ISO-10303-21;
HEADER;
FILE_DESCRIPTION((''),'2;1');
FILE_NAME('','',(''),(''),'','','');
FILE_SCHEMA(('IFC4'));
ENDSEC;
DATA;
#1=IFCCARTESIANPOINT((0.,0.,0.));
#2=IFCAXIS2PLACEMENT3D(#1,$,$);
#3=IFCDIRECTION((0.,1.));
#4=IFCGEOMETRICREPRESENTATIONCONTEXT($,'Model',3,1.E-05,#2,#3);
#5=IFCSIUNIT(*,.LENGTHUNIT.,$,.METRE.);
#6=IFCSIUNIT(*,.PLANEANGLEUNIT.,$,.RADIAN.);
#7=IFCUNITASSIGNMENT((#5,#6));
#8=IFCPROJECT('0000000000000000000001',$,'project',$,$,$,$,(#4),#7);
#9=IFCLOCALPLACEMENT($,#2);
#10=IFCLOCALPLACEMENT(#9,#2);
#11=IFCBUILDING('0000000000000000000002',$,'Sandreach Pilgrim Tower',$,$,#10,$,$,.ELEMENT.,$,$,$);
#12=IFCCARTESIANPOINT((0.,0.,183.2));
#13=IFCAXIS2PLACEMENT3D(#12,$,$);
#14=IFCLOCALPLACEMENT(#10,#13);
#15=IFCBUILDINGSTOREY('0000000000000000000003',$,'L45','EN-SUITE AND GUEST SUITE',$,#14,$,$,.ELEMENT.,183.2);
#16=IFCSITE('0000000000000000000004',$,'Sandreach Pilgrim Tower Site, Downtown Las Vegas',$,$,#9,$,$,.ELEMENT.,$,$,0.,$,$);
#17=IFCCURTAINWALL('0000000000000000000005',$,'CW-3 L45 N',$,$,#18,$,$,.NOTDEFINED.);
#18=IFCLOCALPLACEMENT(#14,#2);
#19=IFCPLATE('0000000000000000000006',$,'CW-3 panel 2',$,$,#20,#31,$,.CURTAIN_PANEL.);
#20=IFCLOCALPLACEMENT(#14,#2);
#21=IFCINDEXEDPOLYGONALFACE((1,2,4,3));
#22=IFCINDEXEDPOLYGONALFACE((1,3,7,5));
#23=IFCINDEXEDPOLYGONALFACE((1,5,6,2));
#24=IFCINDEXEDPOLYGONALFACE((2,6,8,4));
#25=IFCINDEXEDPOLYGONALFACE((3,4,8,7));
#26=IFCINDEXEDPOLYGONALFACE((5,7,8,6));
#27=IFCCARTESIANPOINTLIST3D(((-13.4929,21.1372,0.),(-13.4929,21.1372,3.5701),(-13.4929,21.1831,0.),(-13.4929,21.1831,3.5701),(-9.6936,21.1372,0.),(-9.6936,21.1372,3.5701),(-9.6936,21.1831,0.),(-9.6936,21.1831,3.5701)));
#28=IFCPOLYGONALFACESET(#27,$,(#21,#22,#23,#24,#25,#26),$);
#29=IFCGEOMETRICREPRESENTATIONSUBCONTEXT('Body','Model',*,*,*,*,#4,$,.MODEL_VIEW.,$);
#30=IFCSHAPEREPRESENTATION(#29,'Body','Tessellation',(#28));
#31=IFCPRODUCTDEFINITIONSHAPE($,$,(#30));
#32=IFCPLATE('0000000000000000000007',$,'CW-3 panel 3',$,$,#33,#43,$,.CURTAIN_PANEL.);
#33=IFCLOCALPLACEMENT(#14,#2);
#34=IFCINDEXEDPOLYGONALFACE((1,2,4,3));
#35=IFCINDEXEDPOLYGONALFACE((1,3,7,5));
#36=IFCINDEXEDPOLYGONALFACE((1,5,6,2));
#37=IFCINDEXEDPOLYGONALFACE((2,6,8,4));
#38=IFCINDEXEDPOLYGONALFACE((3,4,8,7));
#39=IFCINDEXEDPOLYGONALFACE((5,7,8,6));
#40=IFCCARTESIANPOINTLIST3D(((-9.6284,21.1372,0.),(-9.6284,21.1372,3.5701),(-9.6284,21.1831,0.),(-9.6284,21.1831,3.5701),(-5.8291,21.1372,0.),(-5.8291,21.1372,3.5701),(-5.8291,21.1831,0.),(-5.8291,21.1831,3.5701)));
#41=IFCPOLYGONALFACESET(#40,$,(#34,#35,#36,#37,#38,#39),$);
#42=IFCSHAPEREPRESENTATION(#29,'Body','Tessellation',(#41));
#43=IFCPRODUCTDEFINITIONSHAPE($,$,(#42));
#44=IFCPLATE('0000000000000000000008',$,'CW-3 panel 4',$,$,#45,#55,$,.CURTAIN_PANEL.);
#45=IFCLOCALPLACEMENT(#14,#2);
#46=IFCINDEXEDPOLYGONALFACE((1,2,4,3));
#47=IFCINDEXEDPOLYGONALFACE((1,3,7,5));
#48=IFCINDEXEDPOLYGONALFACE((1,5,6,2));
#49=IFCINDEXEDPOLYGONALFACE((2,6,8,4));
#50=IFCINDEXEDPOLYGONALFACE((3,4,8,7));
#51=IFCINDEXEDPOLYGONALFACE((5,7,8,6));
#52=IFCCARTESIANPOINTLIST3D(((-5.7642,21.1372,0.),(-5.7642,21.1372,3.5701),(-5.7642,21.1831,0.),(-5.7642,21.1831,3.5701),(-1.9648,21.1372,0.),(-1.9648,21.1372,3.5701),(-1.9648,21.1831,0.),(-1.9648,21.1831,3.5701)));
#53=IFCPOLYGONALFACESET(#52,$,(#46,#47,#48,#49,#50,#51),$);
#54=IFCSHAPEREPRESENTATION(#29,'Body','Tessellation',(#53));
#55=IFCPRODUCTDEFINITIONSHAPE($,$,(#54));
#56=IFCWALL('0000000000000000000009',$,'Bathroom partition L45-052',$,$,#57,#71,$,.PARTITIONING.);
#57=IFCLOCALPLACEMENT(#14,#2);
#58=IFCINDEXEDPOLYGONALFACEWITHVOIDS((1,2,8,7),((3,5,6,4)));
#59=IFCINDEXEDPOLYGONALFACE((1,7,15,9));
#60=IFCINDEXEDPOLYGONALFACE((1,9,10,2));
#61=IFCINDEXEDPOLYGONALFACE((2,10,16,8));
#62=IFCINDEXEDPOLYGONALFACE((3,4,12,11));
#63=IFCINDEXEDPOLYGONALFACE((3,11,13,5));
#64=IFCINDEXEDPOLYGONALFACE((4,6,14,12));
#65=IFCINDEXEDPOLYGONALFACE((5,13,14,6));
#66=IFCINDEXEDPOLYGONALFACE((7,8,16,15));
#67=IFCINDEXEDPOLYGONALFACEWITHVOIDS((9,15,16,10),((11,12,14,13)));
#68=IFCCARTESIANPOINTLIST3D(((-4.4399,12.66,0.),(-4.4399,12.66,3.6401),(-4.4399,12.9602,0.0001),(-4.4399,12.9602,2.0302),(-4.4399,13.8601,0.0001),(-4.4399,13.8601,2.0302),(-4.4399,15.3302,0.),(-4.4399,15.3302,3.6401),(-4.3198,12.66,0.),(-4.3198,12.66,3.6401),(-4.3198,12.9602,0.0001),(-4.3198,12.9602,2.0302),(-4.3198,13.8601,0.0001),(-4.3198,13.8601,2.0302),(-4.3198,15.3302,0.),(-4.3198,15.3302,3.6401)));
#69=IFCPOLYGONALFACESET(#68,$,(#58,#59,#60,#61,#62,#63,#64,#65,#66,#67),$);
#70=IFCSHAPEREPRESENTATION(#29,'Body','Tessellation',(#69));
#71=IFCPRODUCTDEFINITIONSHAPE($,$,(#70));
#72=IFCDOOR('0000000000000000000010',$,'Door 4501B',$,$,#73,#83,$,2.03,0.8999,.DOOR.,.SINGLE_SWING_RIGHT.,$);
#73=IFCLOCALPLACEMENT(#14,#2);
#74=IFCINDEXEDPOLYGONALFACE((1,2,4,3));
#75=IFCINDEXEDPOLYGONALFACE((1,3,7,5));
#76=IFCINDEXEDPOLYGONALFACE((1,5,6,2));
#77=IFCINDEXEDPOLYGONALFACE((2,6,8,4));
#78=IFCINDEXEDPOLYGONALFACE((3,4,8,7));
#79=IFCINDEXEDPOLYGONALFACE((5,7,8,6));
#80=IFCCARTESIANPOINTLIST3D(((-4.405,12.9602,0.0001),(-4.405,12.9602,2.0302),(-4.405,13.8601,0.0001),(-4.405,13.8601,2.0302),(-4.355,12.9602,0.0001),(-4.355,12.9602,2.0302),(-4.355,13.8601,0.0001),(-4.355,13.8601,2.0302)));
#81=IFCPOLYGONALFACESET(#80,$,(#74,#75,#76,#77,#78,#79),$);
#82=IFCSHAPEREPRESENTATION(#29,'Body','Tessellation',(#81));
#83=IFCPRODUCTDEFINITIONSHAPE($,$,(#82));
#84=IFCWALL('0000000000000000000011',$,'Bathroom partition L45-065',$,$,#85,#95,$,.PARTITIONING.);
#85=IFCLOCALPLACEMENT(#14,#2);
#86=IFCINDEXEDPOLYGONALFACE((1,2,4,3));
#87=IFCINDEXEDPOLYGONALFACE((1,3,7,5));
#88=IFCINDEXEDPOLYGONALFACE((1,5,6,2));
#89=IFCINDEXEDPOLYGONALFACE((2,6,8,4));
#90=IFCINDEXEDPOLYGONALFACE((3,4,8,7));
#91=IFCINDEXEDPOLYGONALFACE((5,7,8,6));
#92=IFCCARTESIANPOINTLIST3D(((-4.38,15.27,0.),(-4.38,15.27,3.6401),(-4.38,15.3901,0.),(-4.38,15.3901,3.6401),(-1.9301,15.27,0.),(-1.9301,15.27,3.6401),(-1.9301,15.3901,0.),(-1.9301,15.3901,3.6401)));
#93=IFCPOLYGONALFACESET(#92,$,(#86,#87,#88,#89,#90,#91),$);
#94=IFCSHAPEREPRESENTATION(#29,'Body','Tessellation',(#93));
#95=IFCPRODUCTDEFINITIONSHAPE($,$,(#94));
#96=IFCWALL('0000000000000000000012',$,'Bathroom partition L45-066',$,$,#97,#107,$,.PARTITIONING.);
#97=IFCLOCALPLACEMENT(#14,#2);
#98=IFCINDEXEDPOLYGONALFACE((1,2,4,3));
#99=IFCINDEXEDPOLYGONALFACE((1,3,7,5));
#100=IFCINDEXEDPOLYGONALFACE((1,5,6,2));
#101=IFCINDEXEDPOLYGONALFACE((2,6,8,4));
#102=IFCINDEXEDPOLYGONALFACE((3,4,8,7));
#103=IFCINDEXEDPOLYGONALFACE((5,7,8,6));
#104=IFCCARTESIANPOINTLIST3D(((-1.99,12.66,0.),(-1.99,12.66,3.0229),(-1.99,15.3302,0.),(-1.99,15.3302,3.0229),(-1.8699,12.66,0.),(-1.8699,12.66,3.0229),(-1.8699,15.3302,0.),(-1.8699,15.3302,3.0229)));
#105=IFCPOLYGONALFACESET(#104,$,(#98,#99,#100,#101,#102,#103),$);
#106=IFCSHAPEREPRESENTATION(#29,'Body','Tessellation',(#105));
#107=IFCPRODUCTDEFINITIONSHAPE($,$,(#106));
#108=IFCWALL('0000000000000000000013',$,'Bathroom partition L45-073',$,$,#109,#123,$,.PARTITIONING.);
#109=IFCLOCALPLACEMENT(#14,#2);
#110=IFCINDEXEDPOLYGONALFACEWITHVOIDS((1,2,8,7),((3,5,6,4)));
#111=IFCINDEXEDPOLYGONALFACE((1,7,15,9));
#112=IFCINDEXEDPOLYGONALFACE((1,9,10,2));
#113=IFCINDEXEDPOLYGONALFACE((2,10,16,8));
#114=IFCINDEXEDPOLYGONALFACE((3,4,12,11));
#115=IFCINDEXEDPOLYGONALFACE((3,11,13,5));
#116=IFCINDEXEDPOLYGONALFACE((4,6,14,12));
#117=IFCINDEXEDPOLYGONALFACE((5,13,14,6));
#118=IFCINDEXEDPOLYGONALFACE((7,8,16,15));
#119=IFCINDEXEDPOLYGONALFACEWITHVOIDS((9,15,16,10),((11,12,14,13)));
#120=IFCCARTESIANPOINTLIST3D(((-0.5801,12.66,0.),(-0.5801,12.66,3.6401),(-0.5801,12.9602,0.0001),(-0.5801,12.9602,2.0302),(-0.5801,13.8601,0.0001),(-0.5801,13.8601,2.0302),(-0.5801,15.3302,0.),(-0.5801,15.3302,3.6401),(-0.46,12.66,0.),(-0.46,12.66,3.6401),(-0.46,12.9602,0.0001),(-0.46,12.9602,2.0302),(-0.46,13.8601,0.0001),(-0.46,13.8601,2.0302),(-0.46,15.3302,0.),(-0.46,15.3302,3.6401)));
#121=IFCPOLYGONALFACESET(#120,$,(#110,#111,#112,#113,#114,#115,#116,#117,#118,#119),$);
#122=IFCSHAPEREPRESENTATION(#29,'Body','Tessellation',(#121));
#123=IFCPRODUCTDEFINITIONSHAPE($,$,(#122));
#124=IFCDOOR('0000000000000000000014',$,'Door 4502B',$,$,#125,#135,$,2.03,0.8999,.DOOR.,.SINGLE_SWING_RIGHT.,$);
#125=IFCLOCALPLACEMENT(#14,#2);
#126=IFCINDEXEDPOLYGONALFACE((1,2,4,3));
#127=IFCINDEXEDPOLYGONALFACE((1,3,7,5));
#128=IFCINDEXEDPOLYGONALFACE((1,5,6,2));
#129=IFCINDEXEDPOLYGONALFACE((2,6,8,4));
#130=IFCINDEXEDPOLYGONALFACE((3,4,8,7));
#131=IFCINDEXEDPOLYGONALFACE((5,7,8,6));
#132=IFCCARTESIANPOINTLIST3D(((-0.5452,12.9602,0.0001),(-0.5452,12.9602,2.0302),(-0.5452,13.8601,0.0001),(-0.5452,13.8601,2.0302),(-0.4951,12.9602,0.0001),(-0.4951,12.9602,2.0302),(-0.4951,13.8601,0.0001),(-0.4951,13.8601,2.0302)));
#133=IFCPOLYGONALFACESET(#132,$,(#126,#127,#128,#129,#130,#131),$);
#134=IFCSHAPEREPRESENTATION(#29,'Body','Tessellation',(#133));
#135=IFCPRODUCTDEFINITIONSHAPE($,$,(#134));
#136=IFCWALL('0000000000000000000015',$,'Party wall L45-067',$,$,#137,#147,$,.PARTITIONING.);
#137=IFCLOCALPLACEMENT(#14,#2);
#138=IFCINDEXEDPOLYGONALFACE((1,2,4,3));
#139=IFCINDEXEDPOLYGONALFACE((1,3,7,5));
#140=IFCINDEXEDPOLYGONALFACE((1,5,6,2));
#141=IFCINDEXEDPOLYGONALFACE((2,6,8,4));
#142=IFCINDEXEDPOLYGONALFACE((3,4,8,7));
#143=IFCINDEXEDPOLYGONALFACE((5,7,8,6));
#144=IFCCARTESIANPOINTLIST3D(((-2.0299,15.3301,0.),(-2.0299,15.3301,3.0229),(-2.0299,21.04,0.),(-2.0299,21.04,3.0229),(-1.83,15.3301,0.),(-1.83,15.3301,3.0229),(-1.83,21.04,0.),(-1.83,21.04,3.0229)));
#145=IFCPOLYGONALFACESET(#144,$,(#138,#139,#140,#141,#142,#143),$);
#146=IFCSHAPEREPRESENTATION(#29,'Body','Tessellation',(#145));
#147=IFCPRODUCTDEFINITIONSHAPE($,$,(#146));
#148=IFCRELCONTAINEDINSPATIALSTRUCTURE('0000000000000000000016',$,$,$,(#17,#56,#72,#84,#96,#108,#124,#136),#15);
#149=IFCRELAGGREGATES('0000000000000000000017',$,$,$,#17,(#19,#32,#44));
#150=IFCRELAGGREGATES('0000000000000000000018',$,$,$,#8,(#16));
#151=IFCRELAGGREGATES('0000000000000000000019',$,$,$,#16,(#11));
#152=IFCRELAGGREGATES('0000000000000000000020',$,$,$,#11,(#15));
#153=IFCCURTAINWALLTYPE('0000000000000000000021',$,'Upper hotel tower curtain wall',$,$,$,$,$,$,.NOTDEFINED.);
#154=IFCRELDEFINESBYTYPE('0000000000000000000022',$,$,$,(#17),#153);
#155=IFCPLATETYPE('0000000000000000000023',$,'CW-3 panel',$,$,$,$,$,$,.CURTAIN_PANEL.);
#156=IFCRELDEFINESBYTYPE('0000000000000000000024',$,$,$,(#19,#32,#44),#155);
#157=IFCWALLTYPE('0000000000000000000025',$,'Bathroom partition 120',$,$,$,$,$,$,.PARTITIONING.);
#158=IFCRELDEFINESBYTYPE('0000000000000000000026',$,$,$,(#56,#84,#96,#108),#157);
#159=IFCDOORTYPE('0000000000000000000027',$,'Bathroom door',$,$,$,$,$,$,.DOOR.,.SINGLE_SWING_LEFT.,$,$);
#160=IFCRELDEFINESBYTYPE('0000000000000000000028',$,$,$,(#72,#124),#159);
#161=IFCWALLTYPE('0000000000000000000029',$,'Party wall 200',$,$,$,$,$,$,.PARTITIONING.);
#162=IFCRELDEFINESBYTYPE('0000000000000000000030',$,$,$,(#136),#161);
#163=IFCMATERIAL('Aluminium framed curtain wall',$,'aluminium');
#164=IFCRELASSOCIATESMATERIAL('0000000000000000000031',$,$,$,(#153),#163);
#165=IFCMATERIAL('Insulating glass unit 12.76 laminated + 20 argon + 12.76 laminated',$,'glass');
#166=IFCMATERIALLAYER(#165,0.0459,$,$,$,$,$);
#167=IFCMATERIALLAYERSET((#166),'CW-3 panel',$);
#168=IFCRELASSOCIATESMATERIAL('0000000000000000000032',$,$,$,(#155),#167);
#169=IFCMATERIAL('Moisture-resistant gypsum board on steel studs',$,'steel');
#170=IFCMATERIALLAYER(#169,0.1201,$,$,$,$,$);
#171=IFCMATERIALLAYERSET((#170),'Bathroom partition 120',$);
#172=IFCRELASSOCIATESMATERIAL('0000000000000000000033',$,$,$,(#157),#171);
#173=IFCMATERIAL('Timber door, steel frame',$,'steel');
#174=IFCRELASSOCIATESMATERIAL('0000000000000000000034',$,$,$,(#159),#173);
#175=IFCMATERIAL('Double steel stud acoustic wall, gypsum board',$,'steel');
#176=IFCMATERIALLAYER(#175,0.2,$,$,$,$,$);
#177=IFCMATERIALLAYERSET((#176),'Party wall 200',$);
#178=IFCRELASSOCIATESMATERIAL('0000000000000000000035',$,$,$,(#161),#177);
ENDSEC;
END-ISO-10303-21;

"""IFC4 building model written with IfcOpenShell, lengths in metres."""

from ifc_helpers import new_model, si_unit, direction, frame, frame_2d, origin, origin_2d, place, context, subcontext, project, spatial, rectangle, extrude, material, layer, layer_set, type_object, element, fill, aggregate, save


model = new_model("IFC4")

# Units and contexts
model_context = context("Model", 3, precision=1e-05, world=origin(), true_north=direction((0.0, 1.0)))
body_context = subcontext(model_context, "Body", "Model", "MODEL_VIEW")
ifc_project = project(units=[si_unit("LENGTHUNIT", "METRE"), si_unit("PLANEANGLEUNIT", "RADIAN")], contexts=[model_context])

# Site, building, storey
site_placement = place(None, origin())
site = spatial("IfcSite", under=ifc_project, at=site_placement, Name="Sandreach Pilgrim Tower Site, Downtown Las Vegas", CompositionType="ELEMENT", RefElevation=0.0)
building_placement = place(site_placement, origin())
building = spatial("IfcBuilding", under=site, at=building_placement, Name="Sandreach Pilgrim Tower", CompositionType="ELEMENT")
storey_placement = place(building_placement, frame((0.0, 0.0, 183.2)))
storey = spatial("IfcBuildingStorey", under=building, at=storey_placement, Name="L45", Description="EN-SUITE AND GUEST SUITE", CompositionType="ELEMENT", Elevation=183.2)

# Curtain wall
ifc_material_1 = material(Name="Aluminium framed curtain wall", Category="aluminium")
curtain_wall_type = type_object("IfcCurtainWallType", Name="Upper hotel tower curtain wall", PredefinedType="NOTDEFINED", material=ifc_material_1)
curtain_wall_placement = place(storey_placement, origin())
curtain_wall = element("IfcCurtainWall", 1, at=curtain_wall_placement, inside=storey, type_object=curtain_wall_type, Name="CW-3 L45 N", PredefinedType="NOTDEFINED")

# Plates
ifc_material_2 = material(Name="Insulating glass unit 12.76 laminated + 20 argon + 12.76 laminated", Category="glass")
ifc_layer_1 = layer(ifc_material_2, 0.0459)
ifc_layer_set_1 = layer_set([ifc_layer_1], Name="CW-3 panel")
plate_type = type_object("IfcPlateType", Name="CW-3 panel", PredefinedType="CURTAIN_PANEL", material=ifc_layer_set_1)
plate_1_placement = place(storey_placement, frame((-11.5933, 21.1602, 0.0), z_axis=(0.0, 0.0, 1.0), x_axis=(1.0, 0.0, 0.0)))
plate_1 = element("IfcPlate", 2, at=plate_1_placement, type_object=plate_type, Name="CW-3 panel 2", PredefinedType="CURTAIN_PANEL", context=body_context, shape_type="SweptSolid", body=[
    extrude(rectangle(XDim=3.7993, YDim=0.0459, at=origin_2d()), origin(), (0.0, 0.0, 1.0), 3.5701),
])
plate_2_placement = place(storey_placement, frame((-7.7288, 21.1602, 0.0), z_axis=(0.0, 0.0, 1.0), x_axis=(1.0, 0.0, 0.0)))
plate_2 = element("IfcPlate", 3, at=plate_2_placement, type_object=plate_type, Name="CW-3 panel 3", PredefinedType="CURTAIN_PANEL", context=body_context, shape_type="SweptSolid", body=[
    extrude(rectangle(XDim=3.7993, YDim=0.0459, at=origin_2d()), origin(), (0.0, 0.0, 1.0), 3.5701),
])
plate_3_placement = place(storey_placement, frame((-3.8645, 21.1602, 0.0), z_axis=(0.0, 0.0, 1.0), x_axis=(1.0, 0.0, 0.0)))
plate_3 = element("IfcPlate", 4, at=plate_3_placement, type_object=plate_type, Name="CW-3 panel 4", PredefinedType="CURTAIN_PANEL", context=body_context, shape_type="SweptSolid", body=[
    extrude(rectangle(XDim=3.7993, YDim=0.0459, at=origin_2d()), origin(), (0.0, 0.0, 1.0), 3.5701),
])
aggregate(curtain_wall, [plate_1, plate_2, plate_3])

# Wall, opening, door
ifc_material_3 = material(Name="Moisture-resistant gypsum board on steel studs", Category="steel")
ifc_layer_2 = layer(ifc_material_3, 0.1201)
ifc_layer_set_2 = layer_set([ifc_layer_2], Name="Bathroom partition 120")
wall_type_1 = type_object("IfcWallType", Name="Bathroom partition 120", PredefinedType="PARTITIONING", material=ifc_layer_set_2)
wall_1_placement = place(storey_placement, frame((-4.3799, 15.3301, 0.0), z_axis=(0.0, 0.0, 1.0), x_axis=(0.0, -1.0, 0.0)))
wall_1 = element("IfcWall", 5, at=wall_1_placement, inside=storey, type_object=wall_type_1, Name="Bathroom partition L45-052", PredefinedType="PARTITIONING", context=body_context, shape_type="SweptSolid", body=[
    extrude(rectangle(XDim=2.6702, YDim=0.1201, at=frame_2d((1.335, 0.0))), origin(), (0.0, 0.0, 1.0), 3.6401),
])
opening_1_placement = place(wall_1_placement, frame((1.47, 0.0, 0.0)))
opening_1 = element("IfcOpeningElement", 6, at=opening_1_placement, cuts=wall_1, PredefinedType="OPENING", context=body_context, shape_type="SweptSolid", body=[
    extrude(rectangle(XDim=0.8999, YDim=2.03, at=frame_2d((0.45, 1.0151))), frame((0.0, 0.0601, 0.0), z_axis=(0.0, -1.0, 0.0), x_axis=(1.0, 0.0, 0.0)), (0.0, 0.0, 1.0), 0.1201),
])
ifc_material_4 = material(Name="Timber door, steel frame", Category="steel")
door_type = type_object("IfcDoorType", Name="Bathroom door", OperationType="SINGLE_SWING_LEFT", PredefinedType="DOOR", material=ifc_material_4)
door_1_placement = place(opening_1_placement, origin())
door_1 = element("IfcDoor", 7, at=door_1_placement, inside=storey, type_object=door_type, Name="Door 4501B", OperationType="SINGLE_SWING_RIGHT", OverallHeight=2.03, OverallWidth=0.8999, PredefinedType="DOOR", context=body_context, shape_type="SweptSolid", body=[
    extrude(rectangle(XDim=0.8999, YDim=2.03, at=frame_2d((0.45, 1.0151))), frame((0.0, 0.0249, 0.0), z_axis=(0.0, -1.0, 0.0), x_axis=(1.0, 0.0, 0.0)), (0.0, 0.0, 1.0), 0.05),
])
fill(opening_1, door_1)

# Walls
wall_2_placement = place(storey_placement, frame((-1.9299, 15.3301, 0.0), z_axis=(0.0, 0.0, 1.0), x_axis=(-1.0, 0.0, 0.0)))
element("IfcWall", 8, at=wall_2_placement, inside=storey, type_object=wall_type_1, Name="Bathroom partition L45-065", PredefinedType="PARTITIONING", context=body_context, shape_type="SweptSolid", body=[
    extrude(rectangle(XDim=2.45, YDim=0.1201, at=frame_2d((1.2251, 0.0))), origin(), (0.0, 0.0, 1.0), 3.6401),
])
wall_3_placement = place(storey_placement, frame((-1.9299, 15.3301, 0.0), z_axis=(0.0, 0.0, 1.0), x_axis=(0.0, -1.0, 0.0)))
element("IfcWall", 9, at=wall_3_placement, inside=storey, type_object=wall_type_1, Name="Bathroom partition L45-066", PredefinedType="PARTITIONING", context=body_context, shape_type="SweptSolid", body=[
    extrude(rectangle(XDim=2.6702, YDim=0.1201, at=frame_2d((1.335, 0.0))), origin(), (0.0, 0.0, 1.0), 3.0229),
])

# Wall, opening, door
wall_4_placement = place(storey_placement, frame((-0.52, 15.3301, 0.0), z_axis=(0.0, 0.0, 1.0), x_axis=(0.0, -1.0, 0.0)))
wall_4 = element("IfcWall", 10, at=wall_4_placement, inside=storey, type_object=wall_type_1, Name="Bathroom partition L45-073", PredefinedType="PARTITIONING", context=body_context, shape_type="SweptSolid", body=[
    extrude(rectangle(XDim=2.6702, YDim=0.1201, at=frame_2d((1.335, 0.0))), origin(), (0.0, 0.0, 1.0), 3.6401),
])
opening_2_placement = place(wall_4_placement, frame((1.47, 0.0, 0.0)))
opening_2 = element("IfcOpeningElement", 11, at=opening_2_placement, cuts=wall_4, PredefinedType="OPENING", context=body_context, shape_type="SweptSolid", body=[
    extrude(rectangle(XDim=0.8999, YDim=2.03, at=frame_2d((0.45, 1.0151))), frame((0.0, 0.0601, 0.0), z_axis=(0.0, -1.0, 0.0), x_axis=(1.0, 0.0, 0.0)), (0.0, 0.0, 1.0), 0.1201),
])
door_2_placement = place(opening_2_placement, origin())
door_2 = element("IfcDoor", 12, at=door_2_placement, inside=storey, type_object=door_type, Name="Door 4502B", OperationType="SINGLE_SWING_RIGHT", OverallHeight=2.03, OverallWidth=0.8999, PredefinedType="DOOR", context=body_context, shape_type="SweptSolid", body=[
    extrude(rectangle(XDim=0.8999, YDim=2.03, at=frame_2d((0.45, 1.0151))), frame((0.0, 0.0249, 0.0), z_axis=(0.0, -1.0, 0.0), x_axis=(1.0, 0.0, 0.0)), (0.0, 0.0, 1.0), 0.05),
])
fill(opening_2, door_2)

# Wall
ifc_material_5 = material(Name="Double steel stud acoustic wall, gypsum board", Category="steel")
ifc_layer_3 = layer(ifc_material_5, 0.2)
ifc_layer_set_3 = layer_set([ifc_layer_3], Name="Party wall 200")
wall_type_2 = type_object("IfcWallType", Name="Party wall 200", PredefinedType="PARTITIONING", material=ifc_layer_set_3)
wall_5_placement = place(storey_placement, frame((-1.9299, 21.04, 0.0), z_axis=(0.0, 0.0, 1.0), x_axis=(0.0, -1.0, 0.0)))
element("IfcWall", 13, at=wall_5_placement, inside=storey, type_object=wall_type_2, Name="Party wall L45-067", PredefinedType="PARTITIONING", context=body_context, shape_type="SweptSolid", body=[
    extrude(rectangle(XDim=5.71, YDim=0.2, at=frame_2d((2.855, 0.0))), origin(), (0.0, 0.0, 1.0), 3.0229),
])

save(model, "model.ifc")
